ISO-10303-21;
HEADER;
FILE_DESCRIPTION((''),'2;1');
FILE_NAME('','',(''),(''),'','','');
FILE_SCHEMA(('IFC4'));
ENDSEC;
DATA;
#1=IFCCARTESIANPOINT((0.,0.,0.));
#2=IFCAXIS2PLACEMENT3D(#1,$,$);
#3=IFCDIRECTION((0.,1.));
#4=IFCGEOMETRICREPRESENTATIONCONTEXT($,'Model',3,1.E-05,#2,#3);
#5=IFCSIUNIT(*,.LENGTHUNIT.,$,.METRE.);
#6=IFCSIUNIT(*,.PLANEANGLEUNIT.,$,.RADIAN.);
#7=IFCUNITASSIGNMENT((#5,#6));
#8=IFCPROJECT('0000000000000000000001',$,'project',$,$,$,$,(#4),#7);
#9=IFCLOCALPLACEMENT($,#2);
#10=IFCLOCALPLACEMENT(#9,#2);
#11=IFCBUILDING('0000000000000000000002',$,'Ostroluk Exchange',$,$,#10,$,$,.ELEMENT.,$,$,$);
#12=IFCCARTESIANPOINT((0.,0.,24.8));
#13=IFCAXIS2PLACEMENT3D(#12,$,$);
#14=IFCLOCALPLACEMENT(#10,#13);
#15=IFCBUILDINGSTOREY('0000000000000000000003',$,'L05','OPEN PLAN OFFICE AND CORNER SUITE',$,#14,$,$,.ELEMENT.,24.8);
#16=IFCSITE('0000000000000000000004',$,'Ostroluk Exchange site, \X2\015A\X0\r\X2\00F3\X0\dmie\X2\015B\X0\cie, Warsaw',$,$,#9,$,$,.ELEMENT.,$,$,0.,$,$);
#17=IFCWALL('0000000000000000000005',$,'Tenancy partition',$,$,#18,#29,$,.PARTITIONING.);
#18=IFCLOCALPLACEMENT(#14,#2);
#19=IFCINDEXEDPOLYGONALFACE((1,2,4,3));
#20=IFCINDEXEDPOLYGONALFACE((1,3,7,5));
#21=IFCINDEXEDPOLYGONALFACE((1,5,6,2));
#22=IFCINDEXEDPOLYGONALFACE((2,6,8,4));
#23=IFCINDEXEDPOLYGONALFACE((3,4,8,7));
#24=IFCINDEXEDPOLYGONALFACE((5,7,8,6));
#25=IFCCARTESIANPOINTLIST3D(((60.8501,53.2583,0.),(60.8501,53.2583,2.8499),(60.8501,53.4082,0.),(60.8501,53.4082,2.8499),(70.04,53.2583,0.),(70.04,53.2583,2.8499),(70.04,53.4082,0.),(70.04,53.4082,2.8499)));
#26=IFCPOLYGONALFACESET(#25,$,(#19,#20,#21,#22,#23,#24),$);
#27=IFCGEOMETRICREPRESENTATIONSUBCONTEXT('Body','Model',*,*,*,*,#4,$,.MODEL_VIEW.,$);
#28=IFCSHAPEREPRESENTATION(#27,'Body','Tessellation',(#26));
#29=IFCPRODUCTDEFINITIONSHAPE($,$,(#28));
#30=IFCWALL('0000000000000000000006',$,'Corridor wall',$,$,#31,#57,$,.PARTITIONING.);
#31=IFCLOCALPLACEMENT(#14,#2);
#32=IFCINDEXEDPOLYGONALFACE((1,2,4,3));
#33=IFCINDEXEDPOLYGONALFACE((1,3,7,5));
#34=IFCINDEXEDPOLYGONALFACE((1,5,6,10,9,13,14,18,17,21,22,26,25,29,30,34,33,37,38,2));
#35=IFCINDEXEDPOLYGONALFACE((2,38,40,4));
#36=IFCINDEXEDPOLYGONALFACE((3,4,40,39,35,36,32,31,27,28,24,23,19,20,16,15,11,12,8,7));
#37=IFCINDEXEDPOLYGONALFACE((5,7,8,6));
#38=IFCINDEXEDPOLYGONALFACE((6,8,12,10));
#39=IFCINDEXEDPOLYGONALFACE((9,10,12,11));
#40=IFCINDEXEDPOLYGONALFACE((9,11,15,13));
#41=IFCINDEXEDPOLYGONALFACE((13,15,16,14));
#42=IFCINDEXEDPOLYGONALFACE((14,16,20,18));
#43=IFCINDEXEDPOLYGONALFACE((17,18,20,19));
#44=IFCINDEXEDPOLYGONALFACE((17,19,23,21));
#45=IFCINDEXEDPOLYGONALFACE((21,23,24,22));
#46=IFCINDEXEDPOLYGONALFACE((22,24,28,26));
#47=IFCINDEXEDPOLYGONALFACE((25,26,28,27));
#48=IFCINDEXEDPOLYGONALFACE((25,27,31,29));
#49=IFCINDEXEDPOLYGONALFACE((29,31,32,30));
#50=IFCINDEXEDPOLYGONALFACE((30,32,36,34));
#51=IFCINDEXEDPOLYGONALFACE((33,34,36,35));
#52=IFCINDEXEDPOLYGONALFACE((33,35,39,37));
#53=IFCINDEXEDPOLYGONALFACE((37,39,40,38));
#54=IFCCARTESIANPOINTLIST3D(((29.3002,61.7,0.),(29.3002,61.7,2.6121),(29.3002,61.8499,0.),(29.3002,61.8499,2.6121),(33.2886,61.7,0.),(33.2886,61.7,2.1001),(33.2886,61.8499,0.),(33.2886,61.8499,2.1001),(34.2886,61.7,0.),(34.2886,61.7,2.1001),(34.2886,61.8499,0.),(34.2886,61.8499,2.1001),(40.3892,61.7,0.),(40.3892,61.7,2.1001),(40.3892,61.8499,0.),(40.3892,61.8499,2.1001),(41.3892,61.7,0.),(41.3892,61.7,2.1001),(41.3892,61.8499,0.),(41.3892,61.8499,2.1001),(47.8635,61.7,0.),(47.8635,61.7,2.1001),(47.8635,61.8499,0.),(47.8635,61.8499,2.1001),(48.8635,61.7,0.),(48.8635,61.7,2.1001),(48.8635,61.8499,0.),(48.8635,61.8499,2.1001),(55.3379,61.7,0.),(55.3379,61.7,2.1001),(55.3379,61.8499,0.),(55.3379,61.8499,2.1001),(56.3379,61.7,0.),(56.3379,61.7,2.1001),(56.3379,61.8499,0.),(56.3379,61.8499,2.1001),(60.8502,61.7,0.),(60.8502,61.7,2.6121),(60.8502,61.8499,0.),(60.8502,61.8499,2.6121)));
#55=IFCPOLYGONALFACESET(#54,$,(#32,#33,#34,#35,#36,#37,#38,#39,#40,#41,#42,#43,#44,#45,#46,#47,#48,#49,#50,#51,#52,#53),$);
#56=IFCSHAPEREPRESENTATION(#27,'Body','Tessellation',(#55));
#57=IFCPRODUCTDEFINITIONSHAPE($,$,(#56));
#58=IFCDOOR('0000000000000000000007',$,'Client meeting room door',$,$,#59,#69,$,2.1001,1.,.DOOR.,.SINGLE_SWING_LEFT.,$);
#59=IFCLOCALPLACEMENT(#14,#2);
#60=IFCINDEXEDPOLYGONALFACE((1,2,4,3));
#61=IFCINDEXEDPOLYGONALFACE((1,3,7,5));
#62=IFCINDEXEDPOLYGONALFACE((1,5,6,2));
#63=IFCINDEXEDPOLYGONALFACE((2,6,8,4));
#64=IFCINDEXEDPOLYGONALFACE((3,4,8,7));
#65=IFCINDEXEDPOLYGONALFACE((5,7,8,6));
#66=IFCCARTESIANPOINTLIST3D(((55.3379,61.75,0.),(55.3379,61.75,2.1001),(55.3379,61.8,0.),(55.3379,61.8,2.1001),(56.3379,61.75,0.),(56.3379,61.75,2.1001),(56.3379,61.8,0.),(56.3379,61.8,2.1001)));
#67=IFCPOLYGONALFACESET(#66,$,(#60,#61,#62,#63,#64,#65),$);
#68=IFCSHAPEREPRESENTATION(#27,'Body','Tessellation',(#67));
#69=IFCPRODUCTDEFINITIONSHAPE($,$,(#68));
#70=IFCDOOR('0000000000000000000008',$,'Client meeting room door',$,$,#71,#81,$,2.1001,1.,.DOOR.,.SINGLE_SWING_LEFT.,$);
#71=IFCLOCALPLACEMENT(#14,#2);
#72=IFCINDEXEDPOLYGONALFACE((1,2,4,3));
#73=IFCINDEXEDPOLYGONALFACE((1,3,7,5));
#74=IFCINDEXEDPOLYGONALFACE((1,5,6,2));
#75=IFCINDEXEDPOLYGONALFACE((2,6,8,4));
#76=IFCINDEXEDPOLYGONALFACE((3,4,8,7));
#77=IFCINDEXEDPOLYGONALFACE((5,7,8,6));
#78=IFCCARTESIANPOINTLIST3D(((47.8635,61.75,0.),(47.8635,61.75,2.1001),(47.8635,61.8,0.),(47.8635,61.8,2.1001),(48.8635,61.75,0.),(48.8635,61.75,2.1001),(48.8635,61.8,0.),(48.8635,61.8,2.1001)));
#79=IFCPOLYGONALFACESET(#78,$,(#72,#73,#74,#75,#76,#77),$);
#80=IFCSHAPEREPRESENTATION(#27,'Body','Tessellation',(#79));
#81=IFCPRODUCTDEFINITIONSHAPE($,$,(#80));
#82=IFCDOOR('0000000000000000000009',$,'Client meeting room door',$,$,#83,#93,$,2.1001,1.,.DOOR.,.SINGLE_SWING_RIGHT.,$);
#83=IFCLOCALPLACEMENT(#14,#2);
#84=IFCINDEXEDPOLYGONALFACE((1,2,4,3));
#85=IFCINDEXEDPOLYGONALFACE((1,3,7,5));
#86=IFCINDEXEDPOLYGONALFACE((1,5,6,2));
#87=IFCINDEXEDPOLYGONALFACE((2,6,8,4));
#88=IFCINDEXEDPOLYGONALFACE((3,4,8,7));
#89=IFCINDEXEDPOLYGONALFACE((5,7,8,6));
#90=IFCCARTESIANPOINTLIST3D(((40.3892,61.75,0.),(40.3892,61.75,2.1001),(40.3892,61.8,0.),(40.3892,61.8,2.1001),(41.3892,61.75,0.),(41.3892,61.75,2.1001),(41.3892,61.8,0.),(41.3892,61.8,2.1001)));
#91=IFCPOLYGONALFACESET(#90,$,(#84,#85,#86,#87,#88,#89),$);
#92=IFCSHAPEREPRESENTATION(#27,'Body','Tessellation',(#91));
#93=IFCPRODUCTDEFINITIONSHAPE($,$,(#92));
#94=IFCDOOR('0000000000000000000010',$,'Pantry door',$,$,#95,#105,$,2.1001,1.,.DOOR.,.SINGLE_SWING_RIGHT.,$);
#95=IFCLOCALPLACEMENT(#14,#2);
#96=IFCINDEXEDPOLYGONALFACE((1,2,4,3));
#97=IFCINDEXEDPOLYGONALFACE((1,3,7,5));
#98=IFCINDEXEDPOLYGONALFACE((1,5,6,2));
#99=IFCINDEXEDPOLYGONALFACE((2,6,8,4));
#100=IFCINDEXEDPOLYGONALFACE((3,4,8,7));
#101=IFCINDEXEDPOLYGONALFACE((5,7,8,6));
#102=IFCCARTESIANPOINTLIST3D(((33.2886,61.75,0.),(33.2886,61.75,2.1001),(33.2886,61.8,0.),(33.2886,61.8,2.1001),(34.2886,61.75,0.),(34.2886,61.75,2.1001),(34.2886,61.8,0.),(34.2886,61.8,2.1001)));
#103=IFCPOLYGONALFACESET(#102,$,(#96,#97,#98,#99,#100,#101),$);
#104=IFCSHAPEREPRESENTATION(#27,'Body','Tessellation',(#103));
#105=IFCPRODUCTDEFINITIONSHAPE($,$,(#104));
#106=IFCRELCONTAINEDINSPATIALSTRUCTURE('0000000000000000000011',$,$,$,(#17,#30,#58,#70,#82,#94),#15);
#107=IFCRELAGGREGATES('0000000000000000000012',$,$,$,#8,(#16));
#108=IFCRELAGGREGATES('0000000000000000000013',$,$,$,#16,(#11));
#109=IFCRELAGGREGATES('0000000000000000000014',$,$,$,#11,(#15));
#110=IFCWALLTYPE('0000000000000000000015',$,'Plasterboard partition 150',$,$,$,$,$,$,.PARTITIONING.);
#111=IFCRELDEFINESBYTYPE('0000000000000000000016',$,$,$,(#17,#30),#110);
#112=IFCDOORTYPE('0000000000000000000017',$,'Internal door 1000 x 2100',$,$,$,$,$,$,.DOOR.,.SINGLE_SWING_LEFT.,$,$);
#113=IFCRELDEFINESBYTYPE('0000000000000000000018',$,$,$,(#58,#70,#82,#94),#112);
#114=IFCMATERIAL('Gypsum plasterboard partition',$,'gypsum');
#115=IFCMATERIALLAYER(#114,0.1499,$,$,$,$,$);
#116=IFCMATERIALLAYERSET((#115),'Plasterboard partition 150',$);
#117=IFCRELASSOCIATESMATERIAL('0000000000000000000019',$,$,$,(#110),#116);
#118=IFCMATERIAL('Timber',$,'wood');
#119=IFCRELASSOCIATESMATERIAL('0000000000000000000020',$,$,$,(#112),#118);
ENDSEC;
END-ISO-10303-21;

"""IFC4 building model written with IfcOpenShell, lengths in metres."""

from ifc_helpers import new_model, si_unit, direction, frame, frame_2d, origin, place, context, subcontext, project, spatial, rectangle, extrude, material, layer, layer_set, type_object, element, fill, save


model = new_model("IFC4")

# Units and contexts
model_context = context("Model", 3, precision=1e-05, world=origin(), true_north=direction((0.0, 1.0)))
body_context = subcontext(model_context, "Body", "Model", "MODEL_VIEW")
ifc_project = project(units=[si_unit("LENGTHUNIT", "METRE"), si_unit("PLANEANGLEUNIT", "RADIAN")], contexts=[model_context])

# Site, building, storey
site_placement = place(None, origin())
site = spatial("IfcSite", under=ifc_project, at=site_placement, Name="Ostroluk Exchange site, Śródmieście, Warsaw", CompositionType="ELEMENT", RefElevation=0.0)
building_placement = place(site_placement, origin())
building = spatial("IfcBuilding", under=site, at=building_placement, Name="Ostroluk Exchange", CompositionType="ELEMENT")
storey_placement = place(building_placement, frame((0.0, 0.0, 24.8)))
storey = spatial("IfcBuildingStorey", under=building, at=storey_placement, Name="L05", Description="OPEN PLAN OFFICE AND CORNER SUITE", CompositionType="ELEMENT", Elevation=24.8)

# Wall
ifc_material_1 = material(Name="Gypsum plasterboard partition", Category="gypsum")
ifc_layer_1 = layer(ifc_material_1, 0.1499)
ifc_layer_set_1 = layer_set([ifc_layer_1], Name="Plasterboard partition 150")
wall_type_1 = type_object("IfcWallType", Name="Plasterboard partition 150", PredefinedType="PARTITIONING", material=ifc_layer_set_1)
wall_1_placement = place(storey_placement, frame((60.8501, 53.3333, 0.0), z_axis=(0.0, 0.0, 1.0), x_axis=(1.0, 0.0, 0.0)))
element("IfcWall", 1, at=wall_1_placement, inside=storey, type_object=wall_type_1, Name="Tenancy partition", PredefinedType="PARTITIONING", context=body_context, shape_type="SweptSolid", body=[
    extrude(rectangle(XDim=9.1899, YDim=0.1499, at=frame_2d((4.595, 0.0))), origin(), (0.0, 0.0, 1.0), 2.8499),
])

# Wall, openings, doors
wall_2_placement = place(storey_placement, frame((60.8501, 61.7749, 0.0), z_axis=(0.0, 0.0, 1.0), x_axis=(-1.0, 0.0, 0.0)))
wall_2 = element("IfcWall", 2, at=wall_2_placement, inside=storey, type_object=wall_type_1, Name="Corridor wall", PredefinedType="PARTITIONING", context=body_context, shape_type="SweptSolid", body=[
    extrude(rectangle(XDim=31.55, YDim=0.1499, at=frame_2d((15.7749, 0.0))), origin(), (0.0, 0.0, 1.0), 2.6121),
])
opening_1_placement = place(wall_2_placement, frame((4.5122, 0.0, 0.0)))
opening_1 = element("IfcOpeningElement", 3, at=opening_1_placement, cuts=wall_2, PredefinedType="OPENING", context=body_context, shape_type="SweptSolid", body=[
    extrude(rectangle(XDim=1.0, YDim=2.1001, at=frame_2d((0.5, 1.05))), frame((0.0, 0.085, 0.0), z_axis=(0.0, -1.0, 0.0), x_axis=(1.0, 0.0, 0.0)), (0.0, 0.0, 1.0), 0.1699),
])
opening_2_placement = place(wall_2_placement, frame((11.9866, 0.0, 0.0)))
opening_2 = element("IfcOpeningElement", 4, at=opening_2_placement, cuts=wall_2, PredefinedType="OPENING", context=body_context, shape_type="SweptSolid", body=[
    extrude(rectangle(XDim=1.0, YDim=2.1001, at=frame_2d((0.5, 1.05))), frame((0.0, 0.085, 0.0), z_axis=(0.0, -1.0, 0.0), x_axis=(1.0, 0.0, 0.0)), (0.0, 0.0, 1.0), 0.1699),
])
opening_3_placement = place(wall_2_placement, frame((19.4609, 0.0, 0.0)))
opening_3 = element("IfcOpeningElement", 5, at=opening_3_placement, cuts=wall_2, PredefinedType="OPENING", context=body_context, shape_type="SweptSolid", body=[
    extrude(rectangle(XDim=1.0, YDim=2.1001, at=frame_2d((0.5, 1.05))), frame((0.0, 0.085, 0.0), z_axis=(0.0, -1.0, 0.0), x_axis=(1.0, 0.0, 0.0)), (0.0, 0.0, 1.0), 0.1699),
])
opening_4_placement = place(wall_2_placement, frame((26.5615, 0.0, 0.0)))
opening_4 = element("IfcOpeningElement", 6, at=opening_4_placement, cuts=wall_2, PredefinedType="OPENING", context=body_context, shape_type="SweptSolid", body=[
    extrude(rectangle(XDim=1.0, YDim=2.1001, at=frame_2d((0.5, 1.05))), frame((0.0, 0.085, 0.0), z_axis=(0.0, -1.0, 0.0), x_axis=(1.0, 0.0, 0.0)), (0.0, 0.0, 1.0), 0.1699),
])
ifc_material_2 = material(Name="Timber", Category="wood")
door_type = type_object("IfcDoorType", Name="Internal door 1000 x 2100", OperationType="SINGLE_SWING_LEFT", PredefinedType="DOOR", material=ifc_material_2)
door_1_placement = place(opening_1_placement, origin())
door_1 = element("IfcDoor", 7, at=door_1_placement, inside=storey, type_object=door_type, Name="Client meeting room door", OperationType="SINGLE_SWING_LEFT", OverallHeight=2.1001, OverallWidth=1.0, PredefinedType="DOOR", context=body_context, shape_type="SweptSolid", body=[
    extrude(rectangle(XDim=1.0, YDim=2.1001, at=frame_2d((0.5, 1.05))), frame((0.0, 0.0249, 0.0), z_axis=(0.0, -1.0, 0.0), x_axis=(1.0, 0.0, 0.0)), (0.0, 0.0, 1.0), 0.05),
])
fill(opening_1, door_1)
door_2_placement = place(opening_2_placement, origin())
door_2 = element("IfcDoor", 8, at=door_2_placement, inside=storey, type_object=door_type, Name="Client meeting room door", OperationType="SINGLE_SWING_LEFT", OverallHeight=2.1001, OverallWidth=1.0, PredefinedType="DOOR", context=body_context, shape_type="SweptSolid", body=[
    extrude(rectangle(XDim=1.0, YDim=2.1001, at=frame_2d((0.5, 1.05))), frame((0.0, 0.0249, 0.0), z_axis=(0.0, -1.0, 0.0), x_axis=(1.0, 0.0, 0.0)), (0.0, 0.0, 1.0), 0.05),
])
fill(opening_2, door_2)
door_3_placement = place(opening_3_placement, origin())
door_3 = element("IfcDoor", 9, at=door_3_placement, inside=storey, type_object=door_type, Name="Client meeting room door", OperationType="SINGLE_SWING_RIGHT", OverallHeight=2.1001, OverallWidth=1.0, PredefinedType="DOOR", context=body_context, shape_type="SweptSolid", body=[
    extrude(rectangle(XDim=1.0, YDim=2.1001, at=frame_2d((0.5, 1.05))), frame((0.0, 0.0249, 0.0), z_axis=(0.0, -1.0, 0.0), x_axis=(1.0, 0.0, 0.0)), (0.0, 0.0, 1.0), 0.05),
])
fill(opening_3, door_3)
door_4_placement = place(opening_4_placement, origin())
door_4 = element("IfcDoor", 10, at=door_4_placement, inside=storey, type_object=door_type, Name="Pantry door", OperationType="SINGLE_SWING_RIGHT", OverallHeight=2.1001, OverallWidth=1.0, PredefinedType="DOOR", context=body_context, shape_type="SweptSolid", body=[
    extrude(rectangle(XDim=1.0, YDim=2.1001, at=frame_2d((0.5, 1.05))), frame((0.0, 0.0249, 0.0), z_axis=(0.0, -1.0, 0.0), x_axis=(1.0, 0.0, 0.0)), (0.0, 0.0, 1.0), 0.05),
])
fill(opening_4, door_4)

save(model, "model.ifc")
